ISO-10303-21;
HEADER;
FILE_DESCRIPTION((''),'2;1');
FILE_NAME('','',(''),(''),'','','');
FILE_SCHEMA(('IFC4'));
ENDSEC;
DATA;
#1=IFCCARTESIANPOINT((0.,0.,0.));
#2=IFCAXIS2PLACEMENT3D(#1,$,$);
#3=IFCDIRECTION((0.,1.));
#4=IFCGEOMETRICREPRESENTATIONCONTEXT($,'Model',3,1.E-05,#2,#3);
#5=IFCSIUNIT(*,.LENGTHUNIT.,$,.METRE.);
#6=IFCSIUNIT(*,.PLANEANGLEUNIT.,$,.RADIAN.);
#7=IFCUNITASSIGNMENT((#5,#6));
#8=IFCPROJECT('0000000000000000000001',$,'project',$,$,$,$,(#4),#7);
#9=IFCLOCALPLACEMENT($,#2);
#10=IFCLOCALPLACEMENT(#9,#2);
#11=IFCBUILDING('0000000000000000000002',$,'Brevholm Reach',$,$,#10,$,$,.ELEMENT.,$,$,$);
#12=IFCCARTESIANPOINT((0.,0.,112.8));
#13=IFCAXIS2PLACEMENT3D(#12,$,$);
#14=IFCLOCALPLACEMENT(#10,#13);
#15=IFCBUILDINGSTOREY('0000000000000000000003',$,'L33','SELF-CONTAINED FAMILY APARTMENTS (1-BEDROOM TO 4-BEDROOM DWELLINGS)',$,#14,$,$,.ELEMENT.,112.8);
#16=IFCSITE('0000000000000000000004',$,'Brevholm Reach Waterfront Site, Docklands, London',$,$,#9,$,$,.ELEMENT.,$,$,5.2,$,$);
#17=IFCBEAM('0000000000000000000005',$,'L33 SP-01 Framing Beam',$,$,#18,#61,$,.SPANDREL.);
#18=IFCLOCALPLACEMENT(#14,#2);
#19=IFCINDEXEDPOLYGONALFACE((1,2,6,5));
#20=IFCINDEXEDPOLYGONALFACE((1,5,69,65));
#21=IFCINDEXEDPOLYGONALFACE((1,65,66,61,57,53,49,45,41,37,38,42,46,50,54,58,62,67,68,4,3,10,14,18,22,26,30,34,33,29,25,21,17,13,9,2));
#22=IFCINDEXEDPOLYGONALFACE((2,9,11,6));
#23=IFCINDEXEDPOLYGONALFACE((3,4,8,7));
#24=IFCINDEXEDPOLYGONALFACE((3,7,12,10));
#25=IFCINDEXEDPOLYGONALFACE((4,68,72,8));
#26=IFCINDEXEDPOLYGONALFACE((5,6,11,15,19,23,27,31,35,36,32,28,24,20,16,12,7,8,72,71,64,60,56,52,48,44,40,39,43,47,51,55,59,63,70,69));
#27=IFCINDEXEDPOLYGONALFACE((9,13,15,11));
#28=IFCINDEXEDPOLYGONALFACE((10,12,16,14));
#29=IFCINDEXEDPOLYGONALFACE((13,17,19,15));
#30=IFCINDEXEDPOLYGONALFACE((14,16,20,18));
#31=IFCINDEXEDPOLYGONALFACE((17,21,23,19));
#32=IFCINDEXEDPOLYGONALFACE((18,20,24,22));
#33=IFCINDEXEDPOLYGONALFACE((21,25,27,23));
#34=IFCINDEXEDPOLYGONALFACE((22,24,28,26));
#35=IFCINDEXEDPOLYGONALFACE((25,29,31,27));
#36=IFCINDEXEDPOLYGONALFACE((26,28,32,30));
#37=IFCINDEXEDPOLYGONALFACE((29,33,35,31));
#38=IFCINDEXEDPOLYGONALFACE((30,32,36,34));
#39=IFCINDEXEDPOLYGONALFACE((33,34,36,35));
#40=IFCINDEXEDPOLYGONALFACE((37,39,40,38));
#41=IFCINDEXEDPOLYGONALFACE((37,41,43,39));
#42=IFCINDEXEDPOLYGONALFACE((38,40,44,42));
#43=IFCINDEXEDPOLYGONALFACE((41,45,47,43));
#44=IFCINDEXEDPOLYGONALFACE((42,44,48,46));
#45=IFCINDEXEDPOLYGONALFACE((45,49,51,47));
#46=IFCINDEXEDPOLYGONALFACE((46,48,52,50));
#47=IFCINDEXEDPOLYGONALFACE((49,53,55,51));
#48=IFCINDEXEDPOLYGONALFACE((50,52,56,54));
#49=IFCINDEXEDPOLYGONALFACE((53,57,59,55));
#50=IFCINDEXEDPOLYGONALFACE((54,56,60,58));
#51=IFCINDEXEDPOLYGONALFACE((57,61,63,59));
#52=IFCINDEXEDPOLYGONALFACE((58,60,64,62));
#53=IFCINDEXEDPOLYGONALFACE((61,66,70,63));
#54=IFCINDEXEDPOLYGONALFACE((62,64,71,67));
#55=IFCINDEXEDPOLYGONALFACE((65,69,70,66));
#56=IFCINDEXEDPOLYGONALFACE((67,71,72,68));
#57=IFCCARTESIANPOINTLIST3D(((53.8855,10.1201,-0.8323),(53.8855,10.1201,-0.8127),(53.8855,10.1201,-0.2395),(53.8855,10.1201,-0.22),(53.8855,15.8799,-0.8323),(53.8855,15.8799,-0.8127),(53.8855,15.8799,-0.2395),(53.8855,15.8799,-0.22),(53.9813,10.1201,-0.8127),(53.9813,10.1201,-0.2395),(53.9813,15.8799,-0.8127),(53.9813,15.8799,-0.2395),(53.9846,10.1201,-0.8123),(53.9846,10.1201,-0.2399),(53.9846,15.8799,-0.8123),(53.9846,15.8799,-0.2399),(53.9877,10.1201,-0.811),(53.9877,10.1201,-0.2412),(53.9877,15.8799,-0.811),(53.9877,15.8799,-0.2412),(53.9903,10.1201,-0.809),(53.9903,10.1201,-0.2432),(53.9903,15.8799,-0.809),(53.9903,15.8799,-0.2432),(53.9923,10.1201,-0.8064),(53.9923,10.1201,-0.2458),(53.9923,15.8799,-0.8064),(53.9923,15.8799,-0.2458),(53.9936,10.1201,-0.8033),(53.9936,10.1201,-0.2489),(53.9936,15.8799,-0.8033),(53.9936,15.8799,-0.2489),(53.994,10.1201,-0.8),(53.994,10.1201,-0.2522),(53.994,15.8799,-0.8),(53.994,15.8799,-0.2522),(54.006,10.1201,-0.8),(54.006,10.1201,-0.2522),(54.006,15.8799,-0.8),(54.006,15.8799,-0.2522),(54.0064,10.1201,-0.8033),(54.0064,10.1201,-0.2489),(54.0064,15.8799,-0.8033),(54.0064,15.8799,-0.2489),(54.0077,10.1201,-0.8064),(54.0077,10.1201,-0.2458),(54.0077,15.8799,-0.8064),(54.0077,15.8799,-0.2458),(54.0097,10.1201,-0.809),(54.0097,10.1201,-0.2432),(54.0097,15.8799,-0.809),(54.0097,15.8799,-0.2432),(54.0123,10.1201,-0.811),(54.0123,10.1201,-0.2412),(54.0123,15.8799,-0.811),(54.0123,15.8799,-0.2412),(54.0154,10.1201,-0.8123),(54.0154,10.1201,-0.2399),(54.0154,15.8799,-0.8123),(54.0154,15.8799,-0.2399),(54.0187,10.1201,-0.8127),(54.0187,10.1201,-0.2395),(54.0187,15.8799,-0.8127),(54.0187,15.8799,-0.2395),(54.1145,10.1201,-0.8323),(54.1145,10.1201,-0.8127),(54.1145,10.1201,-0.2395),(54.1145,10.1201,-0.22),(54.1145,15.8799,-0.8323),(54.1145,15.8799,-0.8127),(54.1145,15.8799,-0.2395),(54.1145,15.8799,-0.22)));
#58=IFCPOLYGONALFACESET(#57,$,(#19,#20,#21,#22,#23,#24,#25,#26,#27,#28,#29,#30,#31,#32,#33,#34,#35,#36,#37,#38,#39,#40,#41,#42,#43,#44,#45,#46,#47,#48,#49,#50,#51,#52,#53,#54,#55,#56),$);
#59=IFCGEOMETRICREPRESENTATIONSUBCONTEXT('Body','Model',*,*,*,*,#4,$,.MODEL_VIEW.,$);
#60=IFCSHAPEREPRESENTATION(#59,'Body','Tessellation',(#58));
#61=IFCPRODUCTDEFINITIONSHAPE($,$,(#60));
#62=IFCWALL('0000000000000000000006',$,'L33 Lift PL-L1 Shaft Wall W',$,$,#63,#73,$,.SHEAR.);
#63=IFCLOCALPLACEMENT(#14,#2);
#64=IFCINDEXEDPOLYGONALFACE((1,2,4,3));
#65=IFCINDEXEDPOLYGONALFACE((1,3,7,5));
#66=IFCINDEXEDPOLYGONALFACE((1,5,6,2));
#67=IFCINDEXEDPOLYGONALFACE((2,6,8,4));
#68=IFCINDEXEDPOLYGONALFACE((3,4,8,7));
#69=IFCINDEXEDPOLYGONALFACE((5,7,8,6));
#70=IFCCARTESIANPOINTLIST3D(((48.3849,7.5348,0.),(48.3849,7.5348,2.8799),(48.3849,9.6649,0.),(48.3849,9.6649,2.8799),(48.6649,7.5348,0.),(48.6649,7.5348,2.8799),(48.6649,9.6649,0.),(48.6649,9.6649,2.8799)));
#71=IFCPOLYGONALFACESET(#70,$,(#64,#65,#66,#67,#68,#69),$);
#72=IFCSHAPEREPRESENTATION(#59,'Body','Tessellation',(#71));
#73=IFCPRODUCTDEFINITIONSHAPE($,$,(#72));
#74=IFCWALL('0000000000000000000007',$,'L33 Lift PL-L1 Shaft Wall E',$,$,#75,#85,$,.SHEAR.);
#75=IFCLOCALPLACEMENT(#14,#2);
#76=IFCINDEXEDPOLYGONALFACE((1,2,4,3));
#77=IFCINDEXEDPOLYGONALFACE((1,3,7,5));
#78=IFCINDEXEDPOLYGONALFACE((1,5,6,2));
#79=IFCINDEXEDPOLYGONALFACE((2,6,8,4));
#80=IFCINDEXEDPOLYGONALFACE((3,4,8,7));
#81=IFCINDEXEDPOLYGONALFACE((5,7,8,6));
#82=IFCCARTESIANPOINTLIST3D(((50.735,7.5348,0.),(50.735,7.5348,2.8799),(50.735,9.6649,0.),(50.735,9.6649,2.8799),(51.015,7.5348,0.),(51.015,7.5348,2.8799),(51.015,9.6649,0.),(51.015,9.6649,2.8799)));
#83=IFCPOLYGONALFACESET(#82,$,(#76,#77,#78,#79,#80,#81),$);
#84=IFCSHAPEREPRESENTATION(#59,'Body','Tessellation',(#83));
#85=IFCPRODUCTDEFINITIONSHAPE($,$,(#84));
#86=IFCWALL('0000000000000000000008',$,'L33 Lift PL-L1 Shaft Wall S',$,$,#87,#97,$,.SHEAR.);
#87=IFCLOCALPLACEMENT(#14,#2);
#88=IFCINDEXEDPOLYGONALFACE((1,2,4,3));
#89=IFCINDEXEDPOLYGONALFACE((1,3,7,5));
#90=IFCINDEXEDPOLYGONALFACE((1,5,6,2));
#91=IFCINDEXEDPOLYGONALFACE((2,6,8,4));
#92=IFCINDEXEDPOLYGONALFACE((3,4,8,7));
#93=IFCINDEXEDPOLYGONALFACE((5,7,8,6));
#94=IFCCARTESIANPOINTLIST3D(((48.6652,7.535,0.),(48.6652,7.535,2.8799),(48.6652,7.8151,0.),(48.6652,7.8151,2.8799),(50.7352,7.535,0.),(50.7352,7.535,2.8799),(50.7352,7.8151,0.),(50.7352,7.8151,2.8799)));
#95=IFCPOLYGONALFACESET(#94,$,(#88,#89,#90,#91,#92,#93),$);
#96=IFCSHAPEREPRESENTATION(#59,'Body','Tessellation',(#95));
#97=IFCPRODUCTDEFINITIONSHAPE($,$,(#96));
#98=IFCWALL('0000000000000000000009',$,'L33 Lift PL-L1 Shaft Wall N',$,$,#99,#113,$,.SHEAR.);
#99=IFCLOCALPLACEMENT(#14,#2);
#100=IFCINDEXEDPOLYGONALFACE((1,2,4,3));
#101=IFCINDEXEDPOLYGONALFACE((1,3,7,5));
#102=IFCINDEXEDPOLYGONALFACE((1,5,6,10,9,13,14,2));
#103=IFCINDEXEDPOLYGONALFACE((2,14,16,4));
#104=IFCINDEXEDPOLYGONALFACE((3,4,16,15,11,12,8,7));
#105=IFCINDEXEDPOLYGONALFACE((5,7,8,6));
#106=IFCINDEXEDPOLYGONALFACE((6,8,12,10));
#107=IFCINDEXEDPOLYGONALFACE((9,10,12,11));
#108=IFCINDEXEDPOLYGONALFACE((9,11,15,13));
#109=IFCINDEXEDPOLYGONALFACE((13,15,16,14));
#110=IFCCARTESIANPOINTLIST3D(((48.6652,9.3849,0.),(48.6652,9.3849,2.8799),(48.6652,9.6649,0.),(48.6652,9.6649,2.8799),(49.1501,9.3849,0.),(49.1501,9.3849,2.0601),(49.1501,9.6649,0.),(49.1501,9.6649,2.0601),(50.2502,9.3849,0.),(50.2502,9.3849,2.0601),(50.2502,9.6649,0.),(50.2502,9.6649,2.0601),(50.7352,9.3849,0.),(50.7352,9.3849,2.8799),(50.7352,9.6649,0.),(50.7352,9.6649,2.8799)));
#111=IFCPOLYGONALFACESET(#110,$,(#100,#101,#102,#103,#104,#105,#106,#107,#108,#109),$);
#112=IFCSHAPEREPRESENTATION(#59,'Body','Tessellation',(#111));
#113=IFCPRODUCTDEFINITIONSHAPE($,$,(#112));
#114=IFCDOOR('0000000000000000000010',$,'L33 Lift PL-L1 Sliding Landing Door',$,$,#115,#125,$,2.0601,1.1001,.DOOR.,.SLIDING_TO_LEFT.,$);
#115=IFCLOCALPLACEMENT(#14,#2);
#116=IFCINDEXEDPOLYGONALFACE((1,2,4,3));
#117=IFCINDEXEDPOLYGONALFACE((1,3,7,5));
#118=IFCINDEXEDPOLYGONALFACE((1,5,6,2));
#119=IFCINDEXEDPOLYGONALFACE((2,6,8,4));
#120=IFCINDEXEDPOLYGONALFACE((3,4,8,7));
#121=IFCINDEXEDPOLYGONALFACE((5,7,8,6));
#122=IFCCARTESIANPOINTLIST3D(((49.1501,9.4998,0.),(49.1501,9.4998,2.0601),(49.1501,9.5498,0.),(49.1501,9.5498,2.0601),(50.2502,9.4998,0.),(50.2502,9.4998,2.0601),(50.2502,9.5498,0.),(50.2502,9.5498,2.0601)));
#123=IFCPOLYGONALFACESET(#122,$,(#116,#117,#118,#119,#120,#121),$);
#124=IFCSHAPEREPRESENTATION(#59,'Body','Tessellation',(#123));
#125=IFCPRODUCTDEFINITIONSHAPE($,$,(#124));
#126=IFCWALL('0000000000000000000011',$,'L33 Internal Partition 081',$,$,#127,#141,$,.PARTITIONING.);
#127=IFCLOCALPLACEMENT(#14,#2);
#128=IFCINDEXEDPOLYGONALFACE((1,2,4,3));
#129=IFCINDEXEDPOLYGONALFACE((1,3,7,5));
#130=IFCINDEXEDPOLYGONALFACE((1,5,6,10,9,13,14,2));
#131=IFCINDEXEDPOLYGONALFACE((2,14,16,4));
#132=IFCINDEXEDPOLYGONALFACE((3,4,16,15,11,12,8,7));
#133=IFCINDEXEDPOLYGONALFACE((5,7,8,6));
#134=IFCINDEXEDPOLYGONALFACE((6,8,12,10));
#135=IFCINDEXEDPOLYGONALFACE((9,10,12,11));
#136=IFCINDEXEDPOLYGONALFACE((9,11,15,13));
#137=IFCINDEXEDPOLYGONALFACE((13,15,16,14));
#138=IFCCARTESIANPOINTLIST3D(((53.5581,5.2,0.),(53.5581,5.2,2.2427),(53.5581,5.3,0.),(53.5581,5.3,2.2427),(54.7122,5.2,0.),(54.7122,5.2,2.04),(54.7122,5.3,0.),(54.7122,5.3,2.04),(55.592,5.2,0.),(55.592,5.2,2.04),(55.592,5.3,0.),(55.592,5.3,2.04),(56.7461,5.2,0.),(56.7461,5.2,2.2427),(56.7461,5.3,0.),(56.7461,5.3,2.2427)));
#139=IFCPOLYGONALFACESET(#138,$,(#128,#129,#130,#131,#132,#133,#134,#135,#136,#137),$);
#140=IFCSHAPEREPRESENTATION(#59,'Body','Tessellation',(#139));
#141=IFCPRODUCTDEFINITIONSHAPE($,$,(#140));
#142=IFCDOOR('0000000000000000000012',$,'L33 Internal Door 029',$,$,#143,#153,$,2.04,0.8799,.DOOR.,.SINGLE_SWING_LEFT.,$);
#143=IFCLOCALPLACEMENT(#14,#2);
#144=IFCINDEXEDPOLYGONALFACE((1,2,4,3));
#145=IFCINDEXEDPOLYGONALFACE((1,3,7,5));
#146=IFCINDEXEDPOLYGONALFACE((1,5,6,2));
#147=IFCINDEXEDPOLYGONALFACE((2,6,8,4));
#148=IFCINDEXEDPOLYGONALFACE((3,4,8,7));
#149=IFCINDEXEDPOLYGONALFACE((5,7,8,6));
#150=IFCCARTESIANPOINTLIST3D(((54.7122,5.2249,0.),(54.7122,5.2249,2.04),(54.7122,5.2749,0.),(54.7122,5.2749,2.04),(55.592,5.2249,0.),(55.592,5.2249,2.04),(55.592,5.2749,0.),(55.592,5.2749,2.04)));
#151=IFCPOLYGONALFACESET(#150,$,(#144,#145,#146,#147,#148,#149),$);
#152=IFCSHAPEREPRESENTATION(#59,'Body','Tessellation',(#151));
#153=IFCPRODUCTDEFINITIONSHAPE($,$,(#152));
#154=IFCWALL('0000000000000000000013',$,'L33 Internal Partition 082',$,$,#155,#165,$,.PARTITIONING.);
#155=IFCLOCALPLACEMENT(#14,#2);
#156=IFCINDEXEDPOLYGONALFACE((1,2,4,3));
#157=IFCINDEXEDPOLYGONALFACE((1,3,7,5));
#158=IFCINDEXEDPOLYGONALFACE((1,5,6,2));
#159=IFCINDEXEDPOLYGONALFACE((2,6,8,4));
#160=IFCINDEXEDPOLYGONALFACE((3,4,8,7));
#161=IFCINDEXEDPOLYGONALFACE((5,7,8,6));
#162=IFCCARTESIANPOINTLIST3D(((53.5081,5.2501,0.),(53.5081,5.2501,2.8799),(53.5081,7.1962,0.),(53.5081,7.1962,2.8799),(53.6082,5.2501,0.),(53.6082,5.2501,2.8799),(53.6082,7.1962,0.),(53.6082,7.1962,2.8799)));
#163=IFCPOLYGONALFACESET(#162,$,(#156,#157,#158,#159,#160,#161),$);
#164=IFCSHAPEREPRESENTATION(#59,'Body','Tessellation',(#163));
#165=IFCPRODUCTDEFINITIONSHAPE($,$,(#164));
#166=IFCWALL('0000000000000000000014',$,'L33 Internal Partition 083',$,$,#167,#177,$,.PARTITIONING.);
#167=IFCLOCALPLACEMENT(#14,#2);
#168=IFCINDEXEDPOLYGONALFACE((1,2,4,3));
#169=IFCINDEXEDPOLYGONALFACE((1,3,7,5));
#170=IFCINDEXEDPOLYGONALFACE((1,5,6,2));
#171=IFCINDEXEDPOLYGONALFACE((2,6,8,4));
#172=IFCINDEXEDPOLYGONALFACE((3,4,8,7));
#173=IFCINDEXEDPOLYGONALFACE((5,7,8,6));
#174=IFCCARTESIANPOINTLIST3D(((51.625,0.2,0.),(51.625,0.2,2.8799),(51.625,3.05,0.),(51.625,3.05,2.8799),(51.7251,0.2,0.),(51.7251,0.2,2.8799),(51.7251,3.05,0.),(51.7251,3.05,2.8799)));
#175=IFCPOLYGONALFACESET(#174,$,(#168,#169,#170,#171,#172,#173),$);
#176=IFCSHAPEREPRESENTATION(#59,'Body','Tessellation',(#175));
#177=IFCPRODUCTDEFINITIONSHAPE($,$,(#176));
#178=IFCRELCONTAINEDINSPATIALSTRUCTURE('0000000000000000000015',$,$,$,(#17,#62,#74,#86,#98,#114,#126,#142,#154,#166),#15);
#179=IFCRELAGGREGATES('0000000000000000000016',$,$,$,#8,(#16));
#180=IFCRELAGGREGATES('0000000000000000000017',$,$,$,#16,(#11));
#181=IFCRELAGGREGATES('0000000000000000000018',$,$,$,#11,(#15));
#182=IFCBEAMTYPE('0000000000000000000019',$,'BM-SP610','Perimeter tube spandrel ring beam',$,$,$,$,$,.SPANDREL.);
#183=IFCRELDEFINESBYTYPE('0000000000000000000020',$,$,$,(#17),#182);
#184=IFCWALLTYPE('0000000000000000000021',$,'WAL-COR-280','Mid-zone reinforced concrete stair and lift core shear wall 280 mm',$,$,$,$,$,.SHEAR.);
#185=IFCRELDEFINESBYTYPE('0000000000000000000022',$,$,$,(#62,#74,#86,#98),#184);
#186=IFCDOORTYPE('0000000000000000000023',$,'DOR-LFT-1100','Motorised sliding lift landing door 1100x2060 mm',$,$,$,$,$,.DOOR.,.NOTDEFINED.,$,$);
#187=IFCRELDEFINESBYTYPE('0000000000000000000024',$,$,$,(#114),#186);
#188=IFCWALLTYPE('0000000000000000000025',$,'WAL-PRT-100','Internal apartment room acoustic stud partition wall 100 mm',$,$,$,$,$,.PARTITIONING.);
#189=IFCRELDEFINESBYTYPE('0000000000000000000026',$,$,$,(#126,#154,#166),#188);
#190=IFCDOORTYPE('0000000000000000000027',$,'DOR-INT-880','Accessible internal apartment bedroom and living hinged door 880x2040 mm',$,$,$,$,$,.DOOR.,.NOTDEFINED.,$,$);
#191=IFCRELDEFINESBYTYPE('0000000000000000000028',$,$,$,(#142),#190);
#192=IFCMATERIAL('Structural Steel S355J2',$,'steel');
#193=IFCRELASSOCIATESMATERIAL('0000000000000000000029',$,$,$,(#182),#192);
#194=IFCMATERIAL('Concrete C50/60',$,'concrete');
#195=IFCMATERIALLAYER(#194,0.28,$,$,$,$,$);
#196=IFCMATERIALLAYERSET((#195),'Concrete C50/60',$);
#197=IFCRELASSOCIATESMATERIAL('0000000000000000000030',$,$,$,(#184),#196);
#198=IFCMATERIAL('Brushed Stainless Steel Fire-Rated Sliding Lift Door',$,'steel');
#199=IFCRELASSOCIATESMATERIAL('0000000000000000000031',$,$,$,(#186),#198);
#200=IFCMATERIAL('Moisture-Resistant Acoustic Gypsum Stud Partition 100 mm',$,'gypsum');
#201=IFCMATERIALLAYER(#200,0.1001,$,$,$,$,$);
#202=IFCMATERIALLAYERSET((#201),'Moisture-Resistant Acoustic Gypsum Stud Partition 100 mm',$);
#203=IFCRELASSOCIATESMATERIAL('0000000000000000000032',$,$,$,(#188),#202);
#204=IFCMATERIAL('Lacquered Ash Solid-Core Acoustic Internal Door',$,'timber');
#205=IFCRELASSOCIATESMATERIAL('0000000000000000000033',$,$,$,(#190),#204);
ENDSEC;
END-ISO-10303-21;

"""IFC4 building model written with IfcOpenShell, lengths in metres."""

from ifc_helpers import new_model, si_unit, direction, frame, frame_2d, origin, origin_2d, place, context, subcontext, project, spatial, rectangle, i_section, extrude, material, layer, layer_set, material_profile, profile_set, type_object, element, fill, save


model = new_model("IFC4")

# Units and contexts
model_context = context("Model", 3, precision=1e-05, world=origin(), true_north=direction((0.0, 1.0)))
body_context = subcontext(model_context, "Body", "Model", "MODEL_VIEW")
ifc_project = project(units=[si_unit("LENGTHUNIT", "METRE"), si_unit("PLANEANGLEUNIT", "RADIAN")], contexts=[model_context])

# Site, building, storey
site_placement = place(None, origin())
site = spatial("IfcSite", under=ifc_project, at=site_placement, Name="Brevholm Reach Waterfront Site, Docklands, London", CompositionType="ELEMENT", RefElevation=5.2)
building_placement = place(site_placement, origin())
building = spatial("IfcBuilding", under=site, at=building_placement, Name="Brevholm Reach", CompositionType="ELEMENT")
storey_placement = place(building_placement, frame((0.0, 0.0, 112.8)))
storey = spatial("IfcBuildingStorey", under=building, at=storey_placement, Name="L33", Description="SELF-CONTAINED FAMILY APARTMENTS (1-BEDROOM TO 4-BEDROOM DWELLINGS)", CompositionType="ELEMENT", Elevation=112.8)

# Beam
ifc_material_1 = material(Name="Structural Steel S355J2", Category="steel")
ifc_material_profile_1 = material_profile(ifc_material_1, i_section(OverallWidth=0.229, OverallDepth=0.6123, WebThickness=0.012, FlangeThickness=0.0195, FilletRadius=0.0127, at=origin_2d()), Name="UKB 610x229x125")
ifc_profile_set_1 = profile_set([ifc_material_profile_1], Name="Structural Steel S355J2")
beam_type = type_object("IfcBeamType", Name="BM-SP610", Description="Perimeter tube spandrel ring beam", PredefinedType="SPANDREL", material=ifc_profile_set_1)
beam_1_placement = place(storey_placement, frame((54.0, 10.1201, -0.5261), z_axis=(0.0, 1.0, 0.0), x_axis=(-1.0, 0.0, 0.0)))
element("IfcBeam", 1, at=beam_1_placement, inside=storey, type_object=beam_type, Name="L33 SP-01 Framing Beam", PredefinedType="SPANDREL", context=body_context, shape_type="SweptSolid", body=[
    extrude(i_section(OverallWidth=0.229, OverallDepth=0.6123, WebThickness=0.012, FlangeThickness=0.0195, FilletRadius=0.0127, at=origin_2d()), origin(), (0.0, 0.0, 1.0), 5.7598),
])

# Walls
ifc_material_2 = material(Name="Concrete C50/60", Category="concrete")
ifc_layer_1 = layer(ifc_material_2, 0.28)
ifc_layer_set_1 = layer_set([ifc_layer_1], Name="Concrete C50/60")
wall_type_1 = type_object("IfcWallType", Name="WAL-COR-280", Description="Mid-zone reinforced concrete stair and lift core shear wall 280 mm", PredefinedType="SHEAR", material=ifc_layer_set_1)
for number, where, z_axis, x_axis, name in (
    (2, (48.5249, 7.5349, 0.0), (0.0, 0.0, 1.0), (0.0, 1.0, 0.0), "L33 Lift PL-L1 Shaft Wall W"),
    (3, (50.875, 7.5349, 0.0), (0.0, 0.0, 1.0), (0.0, 1.0, 0.0), "L33 Lift PL-L1 Shaft Wall E"),
):
    element("IfcWall", number, at=place(storey_placement, frame(where, z_axis=z_axis, x_axis=x_axis)), inside=storey, type_object=wall_type_1, Name=name, PredefinedType="SHEAR", context=body_context, shape_type="SweptSolid", body=[
        extrude(rectangle(XDim=2.1301, YDim=0.28, at=frame_2d((1.0649, 0.0))), origin(), (0.0, 0.0, 1.0), 2.8799),
    ])
wall_1_placement = place(storey_placement, frame((48.665, 7.675, 0.0), z_axis=(0.0, 0.0, 1.0), x_axis=(1.0, 0.0, 0.0)))
element("IfcWall", 4, at=wall_1_placement, inside=storey, type_object=wall_type_1, Name="L33 Lift PL-L1 Shaft Wall S", PredefinedType="SHEAR", context=body_context, shape_type="SweptSolid", body=[
    extrude(rectangle(XDim=2.0701, YDim=0.28, at=frame_2d((1.0352, 0.0))), origin(), (0.0, 0.0, 1.0), 2.8799),
])

# Walls, openings, doors
wall_2_placement = place(storey_placement, frame((48.665, 9.5249, 0.0), z_axis=(0.0, 0.0, 1.0), x_axis=(1.0, 0.0, 0.0)))
wall_2 = element("IfcWall", 5, at=wall_2_placement, inside=storey, type_object=wall_type_1, Name="L33 Lift PL-L1 Shaft Wall N", PredefinedType="SHEAR", context=body_context, shape_type="SweptSolid", body=[
    extrude(rectangle(XDim=2.0701, YDim=0.28, at=frame_2d((1.0352, 0.0))), origin(), (0.0, 0.0, 1.0), 2.8799),
])
opening_1_placement = place(wall_2_placement, frame((0.4851, 0.0, 0.0)))
opening_1 = element("IfcOpeningElement", 6, at=opening_1_placement, cuts=wall_2, PredefinedType="OPENING", context=body_context, shape_type="SweptSolid", body=[
    extrude(rectangle(XDim=1.1001, YDim=2.0601, at=frame_2d((0.55, 1.03))), frame((0.0, 0.1499, 0.0), z_axis=(0.0, -1.0, 0.0), x_axis=(1.0, 0.0, 0.0)), (0.0, 0.0, 1.0), 0.3),
])
ifc_material_3 = material(Name="Brushed Stainless Steel Fire-Rated Sliding Lift Door", Category="steel")
door_type_1 = type_object("IfcDoorType", Name="DOR-LFT-1100", Description="Motorised sliding lift landing door 1100x2060 mm", OperationType="NOTDEFINED", PredefinedType="DOOR", material=ifc_material_3)
door_1_placement = place(opening_1_placement, origin())
door_1 = element("IfcDoor", 7, at=door_1_placement, inside=storey, type_object=door_type_1, Name="L33 Lift PL-L1 Sliding Landing Door", OperationType="SLIDING_TO_LEFT", OverallHeight=2.0601, OverallWidth=1.1001, PredefinedType="DOOR", context=body_context, shape_type="SweptSolid", body=[
    extrude(rectangle(XDim=1.1001, YDim=2.0601, at=frame_2d((0.55, 1.03))), frame((0.0, 0.0249, 0.0), z_axis=(0.0, -1.0, 0.0), x_axis=(1.0, 0.0, 0.0)), (0.0, 0.0, 1.0), 0.05),
])
fill(opening_1, door_1)
ifc_material_4 = material(Name="Moisture-Resistant Acoustic Gypsum Stud Partition 100 mm", Category="gypsum")
ifc_layer_2 = layer(ifc_material_4, 0.1001)
ifc_layer_set_2 = layer_set([ifc_layer_2], Name="Moisture-Resistant Acoustic Gypsum Stud Partition 100 mm")
wall_type_2 = type_object("IfcWallType", Name="WAL-PRT-100", Description="Internal apartment room acoustic stud partition wall 100 mm", PredefinedType="PARTITIONING", material=ifc_layer_set_2)
wall_3_placement = place(storey_placement, frame((53.5581, 5.25, 0.0), z_axis=(0.0, 0.0, 1.0), x_axis=(1.0, 0.0, 0.0)))
wall_3 = element("IfcWall", 8, at=wall_3_placement, inside=storey, type_object=wall_type_2, Name="L33 Internal Partition 081", PredefinedType="PARTITIONING", context=body_context, shape_type="SweptSolid", body=[
    extrude(rectangle(XDim=3.188, YDim=0.1001, at=frame_2d((1.594, 0.0))), origin(), (0.0, 0.0, 1.0), 2.2427),
])
opening_2_placement = place(wall_3_placement, frame((1.1541, 0.0, 0.0)))
opening_2 = element("IfcOpeningElement", 9, at=opening_2_placement, cuts=wall_3, PredefinedType="OPENING", context=body_context, shape_type="SweptSolid", body=[
    extrude(rectangle(XDim=0.8799, YDim=2.04, at=frame_2d((0.4399, 1.02))), frame((0.0, 0.0601, 0.0), z_axis=(0.0, -1.0, 0.0), x_axis=(1.0, 0.0, 0.0)), (0.0, 0.0, 1.0), 0.1201),
])
ifc_material_5 = material(Name="Lacquered Ash Solid-Core Acoustic Internal Door", Category="timber")
door_type_2 = type_object("IfcDoorType", Name="DOR-INT-880", Description="Accessible internal apartment bedroom and living hinged door 880x2040 mm", OperationType="NOTDEFINED", PredefinedType="DOOR", material=ifc_material_5)
door_2_placement = place(opening_2_placement, origin())
door_2 = element("IfcDoor", 10, at=door_2_placement, inside=storey, type_object=door_type_2, Name="L33 Internal Door 029", OperationType="SINGLE_SWING_LEFT", OverallHeight=2.04, OverallWidth=0.8799, PredefinedType="DOOR", context=body_context, shape_type="SweptSolid", body=[
    extrude(rectangle(XDim=0.8799, YDim=2.04, at=frame_2d((0.4399, 1.02))), frame((0.0, 0.0249, 0.0), z_axis=(0.0, -1.0, 0.0), x_axis=(1.0, 0.0, 0.0)), (0.0, 0.0, 1.0), 0.05),
])
fill(opening_2, door_2)

# Walls
wall_4_placement = place(storey_placement, frame((53.5581, 5.25, 0.0), z_axis=(0.0, 0.0, 1.0), x_axis=(0.0, 1.0, 0.0)))
element("IfcWall", 11, at=wall_4_placement, inside=storey, type_object=wall_type_2, Name="L33 Internal Partition 082", PredefinedType="PARTITIONING", context=body_context, shape_type="SweptSolid", body=[
    extrude(rectangle(XDim=1.946, YDim=0.1001, at=frame_2d((0.9731, 0.0))), origin(), (0.0, 0.0, 1.0), 2.8799),
])
wall_5_placement = place(storey_placement, frame((51.675, 0.2, 0.0), z_axis=(0.0, 0.0, 1.0), x_axis=(0.0, 1.0, 0.0)))
element("IfcWall", 12, at=wall_5_placement, inside=storey, type_object=wall_type_2, Name="L33 Internal Partition 083", PredefinedType="PARTITIONING", context=body_context, shape_type="SweptSolid", body=[
    extrude(rectangle(XDim=2.8501, YDim=0.1001, at=frame_2d((1.425, 0.0))), origin(), (0.0, 0.0, 1.0), 2.8799),
])

save(model, "model.ifc")
